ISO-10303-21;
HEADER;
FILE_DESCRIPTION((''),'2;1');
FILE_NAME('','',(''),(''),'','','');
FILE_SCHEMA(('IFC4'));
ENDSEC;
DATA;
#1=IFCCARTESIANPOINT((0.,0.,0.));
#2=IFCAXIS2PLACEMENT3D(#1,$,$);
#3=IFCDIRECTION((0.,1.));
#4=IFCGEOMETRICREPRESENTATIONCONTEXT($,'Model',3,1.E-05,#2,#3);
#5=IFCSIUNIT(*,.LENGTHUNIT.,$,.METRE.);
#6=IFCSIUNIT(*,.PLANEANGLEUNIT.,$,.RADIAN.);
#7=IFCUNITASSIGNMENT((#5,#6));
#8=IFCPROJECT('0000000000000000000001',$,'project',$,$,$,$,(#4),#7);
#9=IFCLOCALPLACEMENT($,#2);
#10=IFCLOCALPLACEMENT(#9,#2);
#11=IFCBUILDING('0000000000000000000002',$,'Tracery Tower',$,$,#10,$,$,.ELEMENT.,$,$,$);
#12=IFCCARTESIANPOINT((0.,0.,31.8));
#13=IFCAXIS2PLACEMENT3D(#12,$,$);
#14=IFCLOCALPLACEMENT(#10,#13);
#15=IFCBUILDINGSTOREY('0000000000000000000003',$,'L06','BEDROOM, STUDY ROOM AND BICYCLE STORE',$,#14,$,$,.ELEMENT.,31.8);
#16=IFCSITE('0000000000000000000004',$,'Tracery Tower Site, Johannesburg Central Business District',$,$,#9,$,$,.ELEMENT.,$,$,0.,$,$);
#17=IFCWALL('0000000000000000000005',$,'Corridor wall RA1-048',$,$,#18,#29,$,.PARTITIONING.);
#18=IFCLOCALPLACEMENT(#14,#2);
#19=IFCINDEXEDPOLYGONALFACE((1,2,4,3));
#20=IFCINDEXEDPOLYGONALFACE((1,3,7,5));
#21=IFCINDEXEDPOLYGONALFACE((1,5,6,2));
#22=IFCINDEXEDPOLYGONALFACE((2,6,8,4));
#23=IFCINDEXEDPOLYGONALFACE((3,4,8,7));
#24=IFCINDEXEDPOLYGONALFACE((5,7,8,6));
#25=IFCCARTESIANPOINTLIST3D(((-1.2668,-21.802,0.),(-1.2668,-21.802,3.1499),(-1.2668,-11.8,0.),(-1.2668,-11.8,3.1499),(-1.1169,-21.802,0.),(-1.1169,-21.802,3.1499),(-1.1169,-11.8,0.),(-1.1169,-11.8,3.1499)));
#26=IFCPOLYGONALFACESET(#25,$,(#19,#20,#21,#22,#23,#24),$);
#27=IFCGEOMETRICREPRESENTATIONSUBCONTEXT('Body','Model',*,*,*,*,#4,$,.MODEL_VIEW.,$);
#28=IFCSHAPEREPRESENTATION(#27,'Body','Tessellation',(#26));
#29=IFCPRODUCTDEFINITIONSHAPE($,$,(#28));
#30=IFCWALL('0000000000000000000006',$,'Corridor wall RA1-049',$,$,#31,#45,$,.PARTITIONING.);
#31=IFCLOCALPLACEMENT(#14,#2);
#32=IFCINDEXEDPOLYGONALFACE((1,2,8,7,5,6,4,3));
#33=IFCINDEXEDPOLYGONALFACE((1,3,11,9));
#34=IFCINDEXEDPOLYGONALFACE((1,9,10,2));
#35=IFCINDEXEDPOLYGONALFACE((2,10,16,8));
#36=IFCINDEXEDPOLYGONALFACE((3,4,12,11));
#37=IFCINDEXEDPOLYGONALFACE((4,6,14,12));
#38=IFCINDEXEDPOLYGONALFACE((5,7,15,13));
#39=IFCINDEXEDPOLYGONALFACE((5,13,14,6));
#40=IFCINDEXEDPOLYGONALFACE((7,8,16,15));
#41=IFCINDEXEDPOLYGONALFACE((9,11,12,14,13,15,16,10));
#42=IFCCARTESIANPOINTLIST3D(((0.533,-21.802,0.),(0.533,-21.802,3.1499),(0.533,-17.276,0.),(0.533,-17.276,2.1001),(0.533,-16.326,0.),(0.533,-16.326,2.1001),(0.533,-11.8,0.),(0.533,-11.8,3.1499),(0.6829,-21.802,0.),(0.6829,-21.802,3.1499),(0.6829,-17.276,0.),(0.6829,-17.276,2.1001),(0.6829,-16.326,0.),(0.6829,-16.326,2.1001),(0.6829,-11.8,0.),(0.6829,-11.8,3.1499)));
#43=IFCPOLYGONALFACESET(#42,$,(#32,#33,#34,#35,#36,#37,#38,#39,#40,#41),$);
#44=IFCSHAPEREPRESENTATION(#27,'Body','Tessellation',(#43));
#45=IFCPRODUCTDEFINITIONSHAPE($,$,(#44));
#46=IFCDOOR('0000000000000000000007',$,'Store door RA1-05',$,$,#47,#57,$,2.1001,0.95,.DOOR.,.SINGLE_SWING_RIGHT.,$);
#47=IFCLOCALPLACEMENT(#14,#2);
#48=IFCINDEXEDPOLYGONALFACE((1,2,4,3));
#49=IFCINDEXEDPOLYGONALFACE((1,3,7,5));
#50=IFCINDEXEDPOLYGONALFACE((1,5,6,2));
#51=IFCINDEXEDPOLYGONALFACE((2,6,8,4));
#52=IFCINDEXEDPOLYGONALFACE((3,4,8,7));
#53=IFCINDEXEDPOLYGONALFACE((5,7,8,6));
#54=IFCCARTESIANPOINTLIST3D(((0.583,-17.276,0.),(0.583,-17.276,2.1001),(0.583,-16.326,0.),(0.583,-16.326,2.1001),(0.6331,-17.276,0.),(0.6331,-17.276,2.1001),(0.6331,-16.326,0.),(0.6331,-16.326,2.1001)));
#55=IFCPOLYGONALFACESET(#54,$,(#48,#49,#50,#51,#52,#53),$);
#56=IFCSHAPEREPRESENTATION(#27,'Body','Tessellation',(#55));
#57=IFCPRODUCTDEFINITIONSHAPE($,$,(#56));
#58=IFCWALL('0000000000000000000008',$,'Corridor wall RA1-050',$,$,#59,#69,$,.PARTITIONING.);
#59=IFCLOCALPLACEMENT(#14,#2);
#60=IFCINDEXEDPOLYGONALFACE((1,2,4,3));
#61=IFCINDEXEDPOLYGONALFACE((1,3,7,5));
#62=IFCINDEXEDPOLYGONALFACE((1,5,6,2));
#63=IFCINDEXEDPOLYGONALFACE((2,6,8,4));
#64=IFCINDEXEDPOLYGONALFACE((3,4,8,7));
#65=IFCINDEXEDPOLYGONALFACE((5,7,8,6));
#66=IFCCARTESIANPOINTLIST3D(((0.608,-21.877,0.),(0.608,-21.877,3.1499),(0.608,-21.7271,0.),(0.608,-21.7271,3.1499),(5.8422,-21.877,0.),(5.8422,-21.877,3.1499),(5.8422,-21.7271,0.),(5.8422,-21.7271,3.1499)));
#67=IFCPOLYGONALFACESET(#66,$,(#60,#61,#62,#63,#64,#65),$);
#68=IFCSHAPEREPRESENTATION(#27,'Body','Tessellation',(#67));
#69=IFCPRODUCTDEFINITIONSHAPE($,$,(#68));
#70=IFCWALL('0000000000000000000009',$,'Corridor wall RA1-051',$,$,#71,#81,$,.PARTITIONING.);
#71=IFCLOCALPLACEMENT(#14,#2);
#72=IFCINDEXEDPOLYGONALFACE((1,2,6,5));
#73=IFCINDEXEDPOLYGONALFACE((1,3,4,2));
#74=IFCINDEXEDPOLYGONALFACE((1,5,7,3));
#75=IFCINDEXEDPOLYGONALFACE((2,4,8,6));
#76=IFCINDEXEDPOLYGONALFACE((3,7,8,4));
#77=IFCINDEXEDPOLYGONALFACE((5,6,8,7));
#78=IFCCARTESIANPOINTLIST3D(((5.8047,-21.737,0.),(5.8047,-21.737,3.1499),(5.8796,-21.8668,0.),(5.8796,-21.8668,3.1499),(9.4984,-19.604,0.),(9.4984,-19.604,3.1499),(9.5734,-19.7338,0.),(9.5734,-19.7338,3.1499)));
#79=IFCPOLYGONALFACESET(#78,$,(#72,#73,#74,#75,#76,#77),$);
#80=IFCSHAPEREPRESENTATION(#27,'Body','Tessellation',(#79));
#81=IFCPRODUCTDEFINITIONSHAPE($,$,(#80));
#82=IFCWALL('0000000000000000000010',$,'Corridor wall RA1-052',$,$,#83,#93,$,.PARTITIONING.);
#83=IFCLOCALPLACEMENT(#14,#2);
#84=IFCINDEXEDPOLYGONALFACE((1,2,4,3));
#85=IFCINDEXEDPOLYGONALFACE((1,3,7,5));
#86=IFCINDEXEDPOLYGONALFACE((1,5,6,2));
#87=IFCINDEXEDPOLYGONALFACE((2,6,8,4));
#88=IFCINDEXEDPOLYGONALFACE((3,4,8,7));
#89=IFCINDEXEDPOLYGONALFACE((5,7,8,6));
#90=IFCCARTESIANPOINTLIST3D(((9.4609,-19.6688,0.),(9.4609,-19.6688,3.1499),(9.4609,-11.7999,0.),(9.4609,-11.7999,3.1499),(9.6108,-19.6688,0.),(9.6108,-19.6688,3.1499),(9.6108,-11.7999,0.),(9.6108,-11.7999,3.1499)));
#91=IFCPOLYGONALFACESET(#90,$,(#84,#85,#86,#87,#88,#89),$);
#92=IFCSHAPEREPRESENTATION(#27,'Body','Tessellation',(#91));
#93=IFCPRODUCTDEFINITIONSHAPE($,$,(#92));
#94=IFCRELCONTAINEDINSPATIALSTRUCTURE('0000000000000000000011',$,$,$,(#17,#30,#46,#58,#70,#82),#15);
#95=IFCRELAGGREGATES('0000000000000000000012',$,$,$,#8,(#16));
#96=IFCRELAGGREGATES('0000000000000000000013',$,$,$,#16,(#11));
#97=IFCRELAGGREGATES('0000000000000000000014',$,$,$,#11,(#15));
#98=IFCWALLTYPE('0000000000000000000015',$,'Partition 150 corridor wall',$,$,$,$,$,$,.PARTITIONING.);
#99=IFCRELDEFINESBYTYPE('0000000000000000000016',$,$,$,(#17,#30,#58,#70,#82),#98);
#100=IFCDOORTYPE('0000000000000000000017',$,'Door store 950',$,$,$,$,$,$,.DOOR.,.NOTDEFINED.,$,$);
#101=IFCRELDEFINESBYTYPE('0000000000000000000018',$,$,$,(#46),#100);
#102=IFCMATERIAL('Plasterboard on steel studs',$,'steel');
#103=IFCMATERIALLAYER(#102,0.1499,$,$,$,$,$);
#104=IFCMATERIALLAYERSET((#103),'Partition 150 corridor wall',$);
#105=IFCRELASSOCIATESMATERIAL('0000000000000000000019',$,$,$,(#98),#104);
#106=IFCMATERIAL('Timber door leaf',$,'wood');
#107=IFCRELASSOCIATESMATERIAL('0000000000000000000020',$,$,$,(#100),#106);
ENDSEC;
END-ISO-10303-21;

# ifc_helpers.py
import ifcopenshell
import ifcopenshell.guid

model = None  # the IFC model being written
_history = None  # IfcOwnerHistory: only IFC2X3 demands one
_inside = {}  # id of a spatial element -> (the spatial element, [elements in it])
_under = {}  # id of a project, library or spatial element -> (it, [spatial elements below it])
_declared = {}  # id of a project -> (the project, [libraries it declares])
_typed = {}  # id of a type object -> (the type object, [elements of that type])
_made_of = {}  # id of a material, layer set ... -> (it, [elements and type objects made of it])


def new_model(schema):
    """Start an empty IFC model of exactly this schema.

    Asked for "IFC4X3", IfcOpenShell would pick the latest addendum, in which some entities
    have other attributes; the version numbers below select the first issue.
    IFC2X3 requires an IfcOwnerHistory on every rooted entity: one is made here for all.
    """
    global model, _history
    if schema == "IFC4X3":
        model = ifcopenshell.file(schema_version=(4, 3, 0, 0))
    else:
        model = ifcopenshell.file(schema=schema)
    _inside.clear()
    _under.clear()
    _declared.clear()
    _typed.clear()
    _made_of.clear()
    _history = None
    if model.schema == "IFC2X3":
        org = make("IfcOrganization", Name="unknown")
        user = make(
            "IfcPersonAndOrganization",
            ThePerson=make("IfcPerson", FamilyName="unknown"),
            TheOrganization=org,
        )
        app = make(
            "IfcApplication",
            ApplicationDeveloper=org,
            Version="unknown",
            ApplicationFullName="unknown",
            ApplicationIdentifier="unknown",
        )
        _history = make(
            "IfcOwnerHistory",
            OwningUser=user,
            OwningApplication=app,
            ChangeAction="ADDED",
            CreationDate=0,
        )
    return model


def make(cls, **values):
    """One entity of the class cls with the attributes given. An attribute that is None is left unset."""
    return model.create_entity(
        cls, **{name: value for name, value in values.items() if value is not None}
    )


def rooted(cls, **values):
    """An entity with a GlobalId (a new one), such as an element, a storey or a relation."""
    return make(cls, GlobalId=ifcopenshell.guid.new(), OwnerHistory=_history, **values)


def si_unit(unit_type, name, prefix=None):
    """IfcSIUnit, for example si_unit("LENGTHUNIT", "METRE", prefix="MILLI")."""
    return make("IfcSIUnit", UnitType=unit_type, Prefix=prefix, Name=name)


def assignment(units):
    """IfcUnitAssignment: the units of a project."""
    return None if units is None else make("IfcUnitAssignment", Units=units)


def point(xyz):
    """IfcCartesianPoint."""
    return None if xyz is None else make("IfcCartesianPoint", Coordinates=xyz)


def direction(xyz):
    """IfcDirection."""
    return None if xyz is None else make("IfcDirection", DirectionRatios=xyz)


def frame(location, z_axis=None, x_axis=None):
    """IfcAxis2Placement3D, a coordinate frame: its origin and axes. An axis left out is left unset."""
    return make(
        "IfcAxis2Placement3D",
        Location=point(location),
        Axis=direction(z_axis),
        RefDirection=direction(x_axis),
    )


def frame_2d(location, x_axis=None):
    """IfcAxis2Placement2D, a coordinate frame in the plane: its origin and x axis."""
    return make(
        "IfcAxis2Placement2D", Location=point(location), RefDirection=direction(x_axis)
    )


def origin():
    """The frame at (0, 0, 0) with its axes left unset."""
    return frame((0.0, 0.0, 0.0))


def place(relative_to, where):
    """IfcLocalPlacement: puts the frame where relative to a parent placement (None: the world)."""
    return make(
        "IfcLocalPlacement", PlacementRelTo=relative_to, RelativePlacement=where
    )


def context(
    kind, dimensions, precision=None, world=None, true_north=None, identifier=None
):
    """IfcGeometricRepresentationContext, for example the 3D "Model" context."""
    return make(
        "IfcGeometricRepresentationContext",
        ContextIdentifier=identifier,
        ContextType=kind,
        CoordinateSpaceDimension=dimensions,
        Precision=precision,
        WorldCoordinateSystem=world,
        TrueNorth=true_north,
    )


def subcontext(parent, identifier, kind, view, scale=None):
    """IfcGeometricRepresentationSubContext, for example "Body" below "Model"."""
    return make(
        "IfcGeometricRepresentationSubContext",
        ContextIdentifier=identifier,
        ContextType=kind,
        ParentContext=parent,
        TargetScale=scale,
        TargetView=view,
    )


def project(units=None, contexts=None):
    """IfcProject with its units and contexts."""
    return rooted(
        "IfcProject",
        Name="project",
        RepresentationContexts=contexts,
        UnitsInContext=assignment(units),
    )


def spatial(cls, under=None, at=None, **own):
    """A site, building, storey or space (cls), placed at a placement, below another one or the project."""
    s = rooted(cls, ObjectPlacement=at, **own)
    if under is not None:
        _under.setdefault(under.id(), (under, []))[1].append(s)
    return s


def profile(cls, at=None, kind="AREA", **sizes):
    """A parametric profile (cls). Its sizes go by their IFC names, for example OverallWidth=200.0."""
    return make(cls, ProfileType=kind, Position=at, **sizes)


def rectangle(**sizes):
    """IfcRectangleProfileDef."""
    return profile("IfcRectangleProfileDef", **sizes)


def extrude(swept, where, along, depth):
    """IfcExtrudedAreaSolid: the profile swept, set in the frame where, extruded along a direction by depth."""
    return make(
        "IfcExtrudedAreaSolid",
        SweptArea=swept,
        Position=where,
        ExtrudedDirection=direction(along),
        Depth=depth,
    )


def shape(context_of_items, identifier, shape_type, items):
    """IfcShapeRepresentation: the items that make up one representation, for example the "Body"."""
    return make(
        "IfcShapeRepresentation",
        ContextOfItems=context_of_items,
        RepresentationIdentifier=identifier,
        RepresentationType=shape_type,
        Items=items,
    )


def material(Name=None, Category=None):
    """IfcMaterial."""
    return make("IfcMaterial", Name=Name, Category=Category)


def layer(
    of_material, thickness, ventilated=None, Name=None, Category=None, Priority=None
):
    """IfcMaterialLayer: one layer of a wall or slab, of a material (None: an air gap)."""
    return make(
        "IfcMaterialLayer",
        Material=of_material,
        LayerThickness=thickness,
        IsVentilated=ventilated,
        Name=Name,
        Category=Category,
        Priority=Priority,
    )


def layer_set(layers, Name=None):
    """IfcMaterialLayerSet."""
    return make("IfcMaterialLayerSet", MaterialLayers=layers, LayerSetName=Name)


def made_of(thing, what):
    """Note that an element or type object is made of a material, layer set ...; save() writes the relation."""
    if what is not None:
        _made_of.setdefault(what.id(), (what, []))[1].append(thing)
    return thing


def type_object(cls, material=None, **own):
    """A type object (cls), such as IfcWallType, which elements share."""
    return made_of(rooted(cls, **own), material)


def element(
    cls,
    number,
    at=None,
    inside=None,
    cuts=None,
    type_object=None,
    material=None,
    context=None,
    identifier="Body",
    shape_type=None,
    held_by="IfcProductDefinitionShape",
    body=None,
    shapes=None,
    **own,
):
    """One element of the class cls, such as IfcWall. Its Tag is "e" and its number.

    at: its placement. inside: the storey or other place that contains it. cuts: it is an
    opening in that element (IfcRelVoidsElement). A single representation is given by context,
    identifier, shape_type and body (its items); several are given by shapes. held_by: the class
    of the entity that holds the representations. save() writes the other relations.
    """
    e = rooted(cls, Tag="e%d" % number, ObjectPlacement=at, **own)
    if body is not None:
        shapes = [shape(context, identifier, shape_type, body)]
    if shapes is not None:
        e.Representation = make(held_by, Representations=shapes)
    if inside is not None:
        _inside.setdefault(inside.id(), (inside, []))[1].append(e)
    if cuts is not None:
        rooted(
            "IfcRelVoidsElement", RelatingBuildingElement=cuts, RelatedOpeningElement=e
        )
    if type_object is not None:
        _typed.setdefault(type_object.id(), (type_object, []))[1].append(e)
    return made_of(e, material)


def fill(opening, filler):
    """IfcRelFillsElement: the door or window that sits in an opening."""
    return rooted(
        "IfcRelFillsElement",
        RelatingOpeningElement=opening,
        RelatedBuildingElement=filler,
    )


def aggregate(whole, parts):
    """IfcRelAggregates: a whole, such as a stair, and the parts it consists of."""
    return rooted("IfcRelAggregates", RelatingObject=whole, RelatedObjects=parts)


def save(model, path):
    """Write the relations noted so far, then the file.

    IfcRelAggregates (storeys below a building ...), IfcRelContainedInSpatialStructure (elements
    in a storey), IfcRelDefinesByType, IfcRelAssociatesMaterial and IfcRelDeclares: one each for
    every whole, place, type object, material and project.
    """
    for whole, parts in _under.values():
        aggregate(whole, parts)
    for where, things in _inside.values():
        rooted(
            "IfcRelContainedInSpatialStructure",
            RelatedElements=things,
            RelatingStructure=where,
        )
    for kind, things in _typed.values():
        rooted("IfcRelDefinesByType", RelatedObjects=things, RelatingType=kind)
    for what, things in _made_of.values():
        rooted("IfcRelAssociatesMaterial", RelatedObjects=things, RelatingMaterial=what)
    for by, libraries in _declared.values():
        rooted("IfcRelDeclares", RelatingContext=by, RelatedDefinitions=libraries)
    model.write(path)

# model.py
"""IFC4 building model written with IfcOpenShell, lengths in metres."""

from ifc_helpers import new_model, si_unit, direction, frame, frame_2d, origin, place, context, subcontext, project, spatial, rectangle, extrude, material, layer, layer_set, type_object, element, fill, save


model = new_model("IFC4")

# Units and contexts
model_context = context("Model", 3, precision=1e-05, world=origin(), true_north=direction((0.0, 1.0)))
body_context = subcontext(model_context, "Body", "Model", "MODEL_VIEW")
ifc_project = project(units=[si_unit("LENGTHUNIT", "METRE"), si_unit("PLANEANGLEUNIT", "RADIAN")], contexts=[model_context])

# Site, building, storey
site_placement = place(None, origin())
site = spatial("IfcSite", under=ifc_project, at=site_placement, Name="Tracery Tower Site, Johannesburg Central Business District", CompositionType="ELEMENT", RefElevation=0.0)
building_placement = place(site_placement, origin())
building = spatial("IfcBuilding", under=site, at=building_placement, Name="Tracery Tower", CompositionType="ELEMENT")
storey_placement = place(building_placement, frame((0.0, 0.0, 31.8)))
storey = spatial("IfcBuildingStorey", under=building, at=storey_placement, Name="L06", Description="BEDROOM, STUDY ROOM AND BICYCLE STORE", CompositionType="ELEMENT", Elevation=31.8)

# Shared definitions
ifc_material_1 = material(Name="Plasterboard on steel studs", Category="steel")
ifc_layer_1 = layer(ifc_material_1, 0.1499)
ifc_layer_set_1 = layer_set([ifc_layer_1], Name="Partition 150 corridor wall")
wall_type_1 = type_object("IfcWallType", Name="Partition 150 corridor wall", PredefinedType="PARTITIONING", material=ifc_layer_set_1)

# Wall
wall_1_placement = place(storey_placement, frame((-1.1919, -21.802, 0.0), z_axis=(0.0, 0.0, 1.0), x_axis=(0.0, 1.0, 0.0)))
element("IfcWall", 1, at=wall_1_placement, inside=storey, type_object=wall_type_1, Name="Corridor wall RA1-048", PredefinedType="PARTITIONING", context=body_context, shape_type="SweptSolid", body=[
    extrude(rectangle(XDim=10.002, YDim=0.1499, at=frame_2d((5.001, 0.0))), origin(), (0.0, 0.0, 1.0), 3.1499),
])

# Wall, opening, door
wall_2_placement = place(storey_placement, frame((0.6079, -21.802, 0.0), z_axis=(0.0, 0.0, 1.0), x_axis=(0.0, 1.0, 0.0)))
wall_2 = element("IfcWall", 2, at=wall_2_placement, inside=storey, type_object=wall_type_1, Name="Corridor wall RA1-049", PredefinedType="PARTITIONING", context=body_context, shape_type="SweptSolid", body=[
    extrude(rectangle(XDim=10.002, YDim=0.1499, at=frame_2d((5.001, 0.0))), origin(), (0.0, 0.0, 1.0), 3.1499),
])
opening_1_placement = place(wall_2_placement, frame((4.5259, 0.0, 0.0)))
opening_1 = element("IfcOpeningElement", 3, at=opening_1_placement, cuts=wall_2, PredefinedType="OPENING", context=body_context, shape_type="SweptSolid", body=[
    extrude(rectangle(XDim=0.95, YDim=2.1001, at=frame_2d((0.4751, 1.05))), frame((0.0, 0.075, 0.0), z_axis=(0.0, -1.0, 0.0), x_axis=(1.0, 0.0, 0.0)), (0.0, 0.0, 1.0), 0.1499),
])
ifc_material_2 = material(Name="Timber door leaf", Category="wood")
door_type_1 = type_object("IfcDoorType", Name="Door store 950", OperationType="NOTDEFINED", PredefinedType="DOOR", material=ifc_material_2)
door_1_placement = place(opening_1_placement, origin())
door_1 = element("IfcDoor", 4, at=door_1_placement, inside=storey, type_object=door_type_1, Name="Store door RA1-05", OperationType="SINGLE_SWING_RIGHT", OverallHeight=2.1001, OverallWidth=0.95, PredefinedType="DOOR", context=body_context, shape_type="SweptSolid", body=[
    extrude(rectangle(XDim=0.95, YDim=2.1001, at=frame_2d((0.4751, 1.05))), frame((0.0, 0.0249, 0.0), z_axis=(0.0, -1.0, 0.0), x_axis=(1.0, 0.0, 0.0)), (0.0, 0.0, 1.0), 0.05),
])
fill(opening_1, door_1)

# Walls
wall_3_placement = place(storey_placement, frame((0.6079, -21.802, 0.0), z_axis=(0.0, 0.0, 1.0), x_axis=(1.0, 0.0, 0.0)))
element("IfcWall", 5, at=wall_3_placement, inside=storey, type_object=wall_type_1, Name="Corridor wall RA1-050", PredefinedType="PARTITIONING", context=body_context, shape_type="SweptSolid", body=[
    extrude(rectangle(XDim=5.2341, YDim=0.1499, at=frame_2d((2.6172, 0.0))), origin(), (0.0, 0.0, 1.0), 3.1499),
])
wall_4_placement = place(storey_placement, frame((5.842, -21.802, 0.0), z_axis=(0.0, 0.0, 1.0), x_axis=(0.865984, 0.500073, 0.0)))
element("IfcWall", 6, at=wall_4_placement, inside=storey, type_object=wall_type_1, Name="Corridor wall RA1-051", PredefinedType="PARTITIONING", context=body_context, shape_type="SweptSolid", body=[
    extrude(rectangle(XDim=4.2654, YDim=0.1499, at=frame_2d((2.1328, 0.0))), origin(), (0.0, 0.0, 1.0), 3.1499),
])
wall_5_placement = place(storey_placement, frame((9.5359, -19.6689, 0.0), z_axis=(0.0, 0.0, 1.0), x_axis=(0.0, 1.0, 0.0)))
element("IfcWall", 7, at=wall_5_placement, inside=storey, type_object=wall_type_1, Name="Corridor wall RA1-052", PredefinedType="PARTITIONING", context=body_context, shape_type="SweptSolid", body=[
    extrude(rectangle(XDim=7.8689, YDim=0.1499, at=frame_2d((3.9346, 0.0))), origin(), (0.0, 0.0, 1.0), 3.1499),
])

save(model, "model.ifc")
